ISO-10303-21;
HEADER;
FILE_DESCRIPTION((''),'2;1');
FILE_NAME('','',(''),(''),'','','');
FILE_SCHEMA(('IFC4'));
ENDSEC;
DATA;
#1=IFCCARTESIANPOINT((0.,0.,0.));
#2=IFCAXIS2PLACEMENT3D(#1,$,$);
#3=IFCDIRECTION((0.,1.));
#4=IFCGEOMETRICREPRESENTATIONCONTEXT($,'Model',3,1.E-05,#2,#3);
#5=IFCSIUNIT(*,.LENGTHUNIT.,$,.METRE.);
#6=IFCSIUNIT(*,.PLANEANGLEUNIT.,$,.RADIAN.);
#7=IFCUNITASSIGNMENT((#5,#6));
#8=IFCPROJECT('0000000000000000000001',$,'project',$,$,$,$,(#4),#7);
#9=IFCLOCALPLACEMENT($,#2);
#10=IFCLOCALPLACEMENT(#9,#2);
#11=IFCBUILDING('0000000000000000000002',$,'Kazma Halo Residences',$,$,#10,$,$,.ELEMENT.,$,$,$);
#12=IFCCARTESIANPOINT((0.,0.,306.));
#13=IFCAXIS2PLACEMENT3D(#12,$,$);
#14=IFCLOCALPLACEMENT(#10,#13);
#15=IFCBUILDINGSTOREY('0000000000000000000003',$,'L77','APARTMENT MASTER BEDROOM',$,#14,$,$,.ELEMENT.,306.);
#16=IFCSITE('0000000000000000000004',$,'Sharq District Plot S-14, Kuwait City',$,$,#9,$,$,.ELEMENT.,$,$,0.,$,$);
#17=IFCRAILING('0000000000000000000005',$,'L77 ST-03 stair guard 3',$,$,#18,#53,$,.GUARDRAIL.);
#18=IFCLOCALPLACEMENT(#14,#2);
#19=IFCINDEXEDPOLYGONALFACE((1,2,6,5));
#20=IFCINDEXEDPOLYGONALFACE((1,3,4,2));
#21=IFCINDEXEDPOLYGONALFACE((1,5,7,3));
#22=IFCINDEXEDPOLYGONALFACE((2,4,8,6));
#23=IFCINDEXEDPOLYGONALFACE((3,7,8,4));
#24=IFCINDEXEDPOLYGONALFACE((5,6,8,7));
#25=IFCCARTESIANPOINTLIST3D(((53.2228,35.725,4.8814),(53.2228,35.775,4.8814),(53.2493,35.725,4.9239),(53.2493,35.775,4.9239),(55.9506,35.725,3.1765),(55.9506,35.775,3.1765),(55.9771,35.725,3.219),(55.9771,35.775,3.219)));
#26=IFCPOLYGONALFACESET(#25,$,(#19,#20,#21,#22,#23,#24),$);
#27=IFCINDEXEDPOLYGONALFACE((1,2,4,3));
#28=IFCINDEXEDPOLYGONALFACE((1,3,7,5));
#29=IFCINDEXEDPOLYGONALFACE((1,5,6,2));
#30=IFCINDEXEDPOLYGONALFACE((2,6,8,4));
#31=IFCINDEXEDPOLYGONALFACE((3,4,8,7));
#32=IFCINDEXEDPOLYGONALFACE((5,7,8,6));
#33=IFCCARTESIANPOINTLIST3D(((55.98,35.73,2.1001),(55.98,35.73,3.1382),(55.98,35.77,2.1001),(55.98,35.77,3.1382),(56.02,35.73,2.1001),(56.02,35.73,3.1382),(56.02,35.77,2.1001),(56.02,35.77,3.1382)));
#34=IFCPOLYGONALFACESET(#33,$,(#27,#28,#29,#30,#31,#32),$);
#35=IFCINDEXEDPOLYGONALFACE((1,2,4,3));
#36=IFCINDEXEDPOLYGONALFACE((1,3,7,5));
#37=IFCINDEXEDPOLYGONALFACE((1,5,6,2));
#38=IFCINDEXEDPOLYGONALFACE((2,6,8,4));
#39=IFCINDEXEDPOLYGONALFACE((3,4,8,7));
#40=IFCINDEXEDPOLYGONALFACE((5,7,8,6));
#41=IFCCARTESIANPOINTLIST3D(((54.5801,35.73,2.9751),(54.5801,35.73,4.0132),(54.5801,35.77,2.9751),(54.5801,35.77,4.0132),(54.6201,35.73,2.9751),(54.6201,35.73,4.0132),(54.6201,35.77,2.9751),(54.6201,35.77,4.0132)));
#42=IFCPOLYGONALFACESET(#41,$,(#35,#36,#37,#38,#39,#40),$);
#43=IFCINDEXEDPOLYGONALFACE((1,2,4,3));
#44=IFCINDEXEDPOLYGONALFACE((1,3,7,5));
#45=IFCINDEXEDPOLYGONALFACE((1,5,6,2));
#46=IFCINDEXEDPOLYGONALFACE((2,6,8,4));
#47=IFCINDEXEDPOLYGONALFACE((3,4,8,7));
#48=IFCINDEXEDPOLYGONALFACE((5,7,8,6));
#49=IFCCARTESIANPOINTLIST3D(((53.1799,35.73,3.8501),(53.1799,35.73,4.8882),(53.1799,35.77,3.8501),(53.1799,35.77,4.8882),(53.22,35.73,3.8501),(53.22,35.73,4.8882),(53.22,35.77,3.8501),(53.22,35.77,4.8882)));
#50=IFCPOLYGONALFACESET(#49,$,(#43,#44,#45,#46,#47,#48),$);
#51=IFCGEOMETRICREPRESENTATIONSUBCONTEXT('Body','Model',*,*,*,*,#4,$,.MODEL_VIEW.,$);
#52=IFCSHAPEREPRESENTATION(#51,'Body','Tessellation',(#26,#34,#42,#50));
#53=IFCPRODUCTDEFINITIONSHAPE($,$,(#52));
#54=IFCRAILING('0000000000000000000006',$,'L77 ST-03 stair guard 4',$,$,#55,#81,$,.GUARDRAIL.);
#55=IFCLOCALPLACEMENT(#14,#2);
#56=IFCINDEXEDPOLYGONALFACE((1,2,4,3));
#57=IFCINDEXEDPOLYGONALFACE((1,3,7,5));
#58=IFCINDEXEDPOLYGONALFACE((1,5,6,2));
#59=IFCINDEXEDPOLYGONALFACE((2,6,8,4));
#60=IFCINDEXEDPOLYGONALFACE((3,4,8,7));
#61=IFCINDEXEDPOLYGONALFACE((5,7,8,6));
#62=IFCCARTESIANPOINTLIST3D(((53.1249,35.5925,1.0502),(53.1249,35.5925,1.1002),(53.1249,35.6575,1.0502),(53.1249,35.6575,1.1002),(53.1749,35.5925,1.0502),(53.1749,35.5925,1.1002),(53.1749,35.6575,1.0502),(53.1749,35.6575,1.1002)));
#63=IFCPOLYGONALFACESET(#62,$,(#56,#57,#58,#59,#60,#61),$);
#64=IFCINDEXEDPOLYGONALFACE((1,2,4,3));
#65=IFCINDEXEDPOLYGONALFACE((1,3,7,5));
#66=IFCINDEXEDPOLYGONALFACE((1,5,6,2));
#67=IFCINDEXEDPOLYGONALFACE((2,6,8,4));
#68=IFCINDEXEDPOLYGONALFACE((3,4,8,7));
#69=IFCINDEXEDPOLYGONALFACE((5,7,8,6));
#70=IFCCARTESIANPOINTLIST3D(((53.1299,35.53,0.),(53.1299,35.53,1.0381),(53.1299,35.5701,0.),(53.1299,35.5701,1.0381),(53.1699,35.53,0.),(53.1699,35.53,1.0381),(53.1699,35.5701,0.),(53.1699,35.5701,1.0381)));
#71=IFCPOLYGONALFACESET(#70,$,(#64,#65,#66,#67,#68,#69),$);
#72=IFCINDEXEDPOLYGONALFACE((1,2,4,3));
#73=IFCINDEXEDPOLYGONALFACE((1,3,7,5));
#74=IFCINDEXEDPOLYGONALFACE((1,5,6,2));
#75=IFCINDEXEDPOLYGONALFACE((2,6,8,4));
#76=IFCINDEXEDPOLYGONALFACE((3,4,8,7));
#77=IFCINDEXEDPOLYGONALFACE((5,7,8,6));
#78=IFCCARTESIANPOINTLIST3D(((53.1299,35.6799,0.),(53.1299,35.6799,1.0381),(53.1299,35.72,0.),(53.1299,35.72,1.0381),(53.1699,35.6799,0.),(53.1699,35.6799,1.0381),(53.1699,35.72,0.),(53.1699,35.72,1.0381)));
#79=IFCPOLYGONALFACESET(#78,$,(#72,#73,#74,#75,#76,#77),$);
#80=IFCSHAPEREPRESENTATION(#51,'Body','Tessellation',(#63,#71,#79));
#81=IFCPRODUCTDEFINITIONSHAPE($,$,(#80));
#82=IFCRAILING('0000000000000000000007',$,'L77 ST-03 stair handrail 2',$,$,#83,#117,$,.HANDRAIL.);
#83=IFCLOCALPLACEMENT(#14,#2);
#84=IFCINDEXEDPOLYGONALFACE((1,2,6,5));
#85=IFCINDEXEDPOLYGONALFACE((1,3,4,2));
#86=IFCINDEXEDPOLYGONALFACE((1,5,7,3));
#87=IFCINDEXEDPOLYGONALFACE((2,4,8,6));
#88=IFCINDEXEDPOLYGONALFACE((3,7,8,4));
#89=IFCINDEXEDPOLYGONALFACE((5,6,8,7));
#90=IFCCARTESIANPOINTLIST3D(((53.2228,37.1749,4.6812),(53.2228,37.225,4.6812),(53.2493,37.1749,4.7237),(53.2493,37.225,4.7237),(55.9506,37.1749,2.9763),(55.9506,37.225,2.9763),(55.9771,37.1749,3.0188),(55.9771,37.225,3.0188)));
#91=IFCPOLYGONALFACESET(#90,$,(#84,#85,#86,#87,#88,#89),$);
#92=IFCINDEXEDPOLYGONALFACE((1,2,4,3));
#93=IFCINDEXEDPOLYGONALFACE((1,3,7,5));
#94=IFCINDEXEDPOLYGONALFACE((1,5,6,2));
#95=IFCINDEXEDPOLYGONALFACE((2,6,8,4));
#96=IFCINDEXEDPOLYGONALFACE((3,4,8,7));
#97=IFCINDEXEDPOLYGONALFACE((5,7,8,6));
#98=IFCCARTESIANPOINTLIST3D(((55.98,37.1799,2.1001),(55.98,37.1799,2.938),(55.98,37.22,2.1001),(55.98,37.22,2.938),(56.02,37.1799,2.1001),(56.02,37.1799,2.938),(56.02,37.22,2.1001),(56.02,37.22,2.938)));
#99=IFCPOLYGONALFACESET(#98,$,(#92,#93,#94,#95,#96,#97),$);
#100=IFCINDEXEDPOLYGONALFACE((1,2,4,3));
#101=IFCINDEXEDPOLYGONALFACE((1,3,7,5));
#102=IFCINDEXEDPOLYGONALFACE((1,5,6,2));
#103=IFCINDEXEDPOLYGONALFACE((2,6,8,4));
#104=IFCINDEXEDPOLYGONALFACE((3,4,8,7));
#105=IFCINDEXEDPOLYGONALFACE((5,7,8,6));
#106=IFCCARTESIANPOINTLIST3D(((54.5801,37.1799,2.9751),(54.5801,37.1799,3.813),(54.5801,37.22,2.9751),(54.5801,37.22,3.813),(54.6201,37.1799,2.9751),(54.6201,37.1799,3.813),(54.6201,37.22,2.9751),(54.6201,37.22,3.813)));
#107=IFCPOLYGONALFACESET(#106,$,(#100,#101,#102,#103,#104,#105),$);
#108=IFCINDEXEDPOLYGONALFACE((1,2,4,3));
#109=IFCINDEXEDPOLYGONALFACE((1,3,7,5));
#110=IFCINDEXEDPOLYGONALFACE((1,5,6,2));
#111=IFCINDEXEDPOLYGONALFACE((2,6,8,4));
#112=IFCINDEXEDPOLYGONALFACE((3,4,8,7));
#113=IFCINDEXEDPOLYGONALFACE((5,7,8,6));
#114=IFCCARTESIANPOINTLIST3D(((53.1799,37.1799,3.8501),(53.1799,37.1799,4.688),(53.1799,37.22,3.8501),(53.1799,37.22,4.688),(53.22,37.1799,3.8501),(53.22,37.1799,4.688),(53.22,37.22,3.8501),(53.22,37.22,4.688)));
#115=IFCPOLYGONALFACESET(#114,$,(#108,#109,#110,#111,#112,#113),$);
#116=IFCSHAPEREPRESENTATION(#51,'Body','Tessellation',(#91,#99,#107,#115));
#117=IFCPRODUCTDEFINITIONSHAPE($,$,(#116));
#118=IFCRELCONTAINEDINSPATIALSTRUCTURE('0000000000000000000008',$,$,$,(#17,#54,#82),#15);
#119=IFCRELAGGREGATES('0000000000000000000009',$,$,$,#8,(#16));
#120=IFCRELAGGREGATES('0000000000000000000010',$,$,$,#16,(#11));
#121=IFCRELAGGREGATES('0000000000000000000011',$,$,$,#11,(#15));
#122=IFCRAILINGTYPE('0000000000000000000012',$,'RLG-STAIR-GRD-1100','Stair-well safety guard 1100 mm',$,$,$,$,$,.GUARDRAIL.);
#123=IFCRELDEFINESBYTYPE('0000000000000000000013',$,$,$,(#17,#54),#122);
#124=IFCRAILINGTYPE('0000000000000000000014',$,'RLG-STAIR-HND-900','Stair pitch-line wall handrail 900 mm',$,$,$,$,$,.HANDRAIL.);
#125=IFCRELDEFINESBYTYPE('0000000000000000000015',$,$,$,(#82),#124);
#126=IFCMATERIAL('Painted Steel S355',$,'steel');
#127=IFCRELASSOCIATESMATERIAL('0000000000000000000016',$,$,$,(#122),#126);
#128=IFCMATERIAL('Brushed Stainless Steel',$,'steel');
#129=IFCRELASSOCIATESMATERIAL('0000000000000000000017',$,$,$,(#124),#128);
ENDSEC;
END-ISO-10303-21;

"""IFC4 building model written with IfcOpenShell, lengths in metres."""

from ifc_helpers import new_model, si_unit, direction, frame, origin, origin_2d, place, context, subcontext, project, spatial, rectangle, extrude, material, type_object, element, save


model = new_model("IFC4")

# Units and contexts
model_context = context("Model", 3, precision=1e-05, world=origin(), true_north=direction((0.0, 1.0)))
body_context = subcontext(model_context, "Body", "Model", "MODEL_VIEW")
ifc_project = project(units=[si_unit("LENGTHUNIT", "METRE"), si_unit("PLANEANGLEUNIT", "RADIAN")], contexts=[model_context])

# Site, building, storey
site_placement = place(None, origin())
site = spatial("IfcSite", under=ifc_project, at=site_placement, Name="Sharq District Plot S-14, Kuwait City", CompositionType="ELEMENT", RefElevation=0.0)
building_placement = place(site_placement, origin())
building = spatial("IfcBuilding", under=site, at=building_placement, Name="Kazma Halo Residences", CompositionType="ELEMENT")
storey_placement = place(building_placement, frame((0.0, 0.0, 306.0)))
storey = spatial("IfcBuildingStorey", under=building, at=storey_placement, Name="L77", Description="APARTMENT MASTER BEDROOM", CompositionType="ELEMENT", Elevation=306.0)

# Railings
ifc_material_1 = material(Name="Painted Steel S355", Category="steel")
railing_type_1 = type_object("IfcRailingType", Name="RLG-STAIR-GRD-1100", Description="Stair-well safety guard 1100 mm", PredefinedType="GUARDRAIL", material=ifc_material_1)
railing_1_placement = place(storey_placement, frame((56.0, 35.75, 2.1001)))
element("IfcRailing", 1, at=railing_1_placement, inside=storey, type_object=railing_type_1, Name="L77 ST-03 stair guard 3", PredefinedType="GUARDRAIL", context=body_context, shape_type="SweptSolid", body=[
    extrude(rectangle(XDim=0.05, YDim=0.05, at=origin_2d()), frame((-0.0361, 0.0, 1.0977), z_axis=(-0.848002, 0.0, 0.529992), x_axis=(0.0, -1.0, 0.0)), (0.0, 0.0, 1.0), 3.2168),
    extrude(rectangle(XDim=0.04, YDim=0.04, at=origin_2d()), origin(), (0.0, 0.0, 1.0), 1.0381),
    extrude(rectangle(XDim=0.04, YDim=0.04, at=origin_2d()), frame((-1.3999, 0.0, 0.875)), (0.0, 0.0, 1.0), 1.0381),
    extrude(rectangle(XDim=0.04, YDim=0.04, at=origin_2d()), frame((-2.8, 0.0, 1.75)), (0.0, 0.0, 1.0), 1.0381),
])
railing_2_placement = place(storey_placement, frame((53.1499, 35.55, 0.0)))
element("IfcRailing", 2, at=railing_2_placement, inside=storey, type_object=railing_type_1, Name="L77 ST-03 stair guard 4", PredefinedType="GUARDRAIL", context=body_context, shape_type="SweptSolid", body=[
    extrude(rectangle(XDim=0.05, YDim=0.05, at=origin_2d()), frame((0.0, 0.0425, 1.0752), z_axis=(0.0, 1.0, 0.0), x_axis=(-1.0, 0.0, 0.0)), (0.0, 0.0, 1.0), 0.0649),
    extrude(rectangle(XDim=0.04, YDim=0.04, at=origin_2d()), origin(), (0.0, 0.0, 1.0), 1.0381),
    extrude(rectangle(XDim=0.04, YDim=0.04, at=origin_2d()), frame((0.0, 0.1499, 0.0)), (0.0, 0.0, 1.0), 1.0381),
])
ifc_material_2 = material(Name="Brushed Stainless Steel", Category="steel")
railing_type_2 = type_object("IfcRailingType", Name="RLG-STAIR-HND-900", Description="Stair pitch-line wall handrail 900 mm", PredefinedType="HANDRAIL", material=ifc_material_2)
railing_3_placement = place(storey_placement, frame((56.0, 37.2, 2.1001)))
element("IfcRailing", 3, at=railing_3_placement, inside=storey, type_object=railing_type_2, Name="L77 ST-03 stair handrail 2", PredefinedType="HANDRAIL", context=body_context, shape_type="SweptSolid", body=[
    extrude(rectangle(XDim=0.05, YDim=0.05, at=origin_2d()), frame((-0.0361, 0.0, 0.8975), z_axis=(-0.848002, 0.0, 0.529992), x_axis=(0.0, -1.0, 0.0)), (0.0, 0.0, 1.0), 3.2168),
    extrude(rectangle(XDim=0.04, YDim=0.04, at=origin_2d()), origin(), (0.0, 0.0, 1.0), 0.8379),
    extrude(rectangle(XDim=0.04, YDim=0.04, at=origin_2d()), frame((-1.3999, 0.0, 0.875)), (0.0, 0.0, 1.0), 0.8379),
    extrude(rectangle(XDim=0.04, YDim=0.04, at=origin_2d()), frame((-2.8, 0.0, 1.75)), (0.0, 0.0, 1.0), 0.8379),
])

save(model, "model.ifc")
